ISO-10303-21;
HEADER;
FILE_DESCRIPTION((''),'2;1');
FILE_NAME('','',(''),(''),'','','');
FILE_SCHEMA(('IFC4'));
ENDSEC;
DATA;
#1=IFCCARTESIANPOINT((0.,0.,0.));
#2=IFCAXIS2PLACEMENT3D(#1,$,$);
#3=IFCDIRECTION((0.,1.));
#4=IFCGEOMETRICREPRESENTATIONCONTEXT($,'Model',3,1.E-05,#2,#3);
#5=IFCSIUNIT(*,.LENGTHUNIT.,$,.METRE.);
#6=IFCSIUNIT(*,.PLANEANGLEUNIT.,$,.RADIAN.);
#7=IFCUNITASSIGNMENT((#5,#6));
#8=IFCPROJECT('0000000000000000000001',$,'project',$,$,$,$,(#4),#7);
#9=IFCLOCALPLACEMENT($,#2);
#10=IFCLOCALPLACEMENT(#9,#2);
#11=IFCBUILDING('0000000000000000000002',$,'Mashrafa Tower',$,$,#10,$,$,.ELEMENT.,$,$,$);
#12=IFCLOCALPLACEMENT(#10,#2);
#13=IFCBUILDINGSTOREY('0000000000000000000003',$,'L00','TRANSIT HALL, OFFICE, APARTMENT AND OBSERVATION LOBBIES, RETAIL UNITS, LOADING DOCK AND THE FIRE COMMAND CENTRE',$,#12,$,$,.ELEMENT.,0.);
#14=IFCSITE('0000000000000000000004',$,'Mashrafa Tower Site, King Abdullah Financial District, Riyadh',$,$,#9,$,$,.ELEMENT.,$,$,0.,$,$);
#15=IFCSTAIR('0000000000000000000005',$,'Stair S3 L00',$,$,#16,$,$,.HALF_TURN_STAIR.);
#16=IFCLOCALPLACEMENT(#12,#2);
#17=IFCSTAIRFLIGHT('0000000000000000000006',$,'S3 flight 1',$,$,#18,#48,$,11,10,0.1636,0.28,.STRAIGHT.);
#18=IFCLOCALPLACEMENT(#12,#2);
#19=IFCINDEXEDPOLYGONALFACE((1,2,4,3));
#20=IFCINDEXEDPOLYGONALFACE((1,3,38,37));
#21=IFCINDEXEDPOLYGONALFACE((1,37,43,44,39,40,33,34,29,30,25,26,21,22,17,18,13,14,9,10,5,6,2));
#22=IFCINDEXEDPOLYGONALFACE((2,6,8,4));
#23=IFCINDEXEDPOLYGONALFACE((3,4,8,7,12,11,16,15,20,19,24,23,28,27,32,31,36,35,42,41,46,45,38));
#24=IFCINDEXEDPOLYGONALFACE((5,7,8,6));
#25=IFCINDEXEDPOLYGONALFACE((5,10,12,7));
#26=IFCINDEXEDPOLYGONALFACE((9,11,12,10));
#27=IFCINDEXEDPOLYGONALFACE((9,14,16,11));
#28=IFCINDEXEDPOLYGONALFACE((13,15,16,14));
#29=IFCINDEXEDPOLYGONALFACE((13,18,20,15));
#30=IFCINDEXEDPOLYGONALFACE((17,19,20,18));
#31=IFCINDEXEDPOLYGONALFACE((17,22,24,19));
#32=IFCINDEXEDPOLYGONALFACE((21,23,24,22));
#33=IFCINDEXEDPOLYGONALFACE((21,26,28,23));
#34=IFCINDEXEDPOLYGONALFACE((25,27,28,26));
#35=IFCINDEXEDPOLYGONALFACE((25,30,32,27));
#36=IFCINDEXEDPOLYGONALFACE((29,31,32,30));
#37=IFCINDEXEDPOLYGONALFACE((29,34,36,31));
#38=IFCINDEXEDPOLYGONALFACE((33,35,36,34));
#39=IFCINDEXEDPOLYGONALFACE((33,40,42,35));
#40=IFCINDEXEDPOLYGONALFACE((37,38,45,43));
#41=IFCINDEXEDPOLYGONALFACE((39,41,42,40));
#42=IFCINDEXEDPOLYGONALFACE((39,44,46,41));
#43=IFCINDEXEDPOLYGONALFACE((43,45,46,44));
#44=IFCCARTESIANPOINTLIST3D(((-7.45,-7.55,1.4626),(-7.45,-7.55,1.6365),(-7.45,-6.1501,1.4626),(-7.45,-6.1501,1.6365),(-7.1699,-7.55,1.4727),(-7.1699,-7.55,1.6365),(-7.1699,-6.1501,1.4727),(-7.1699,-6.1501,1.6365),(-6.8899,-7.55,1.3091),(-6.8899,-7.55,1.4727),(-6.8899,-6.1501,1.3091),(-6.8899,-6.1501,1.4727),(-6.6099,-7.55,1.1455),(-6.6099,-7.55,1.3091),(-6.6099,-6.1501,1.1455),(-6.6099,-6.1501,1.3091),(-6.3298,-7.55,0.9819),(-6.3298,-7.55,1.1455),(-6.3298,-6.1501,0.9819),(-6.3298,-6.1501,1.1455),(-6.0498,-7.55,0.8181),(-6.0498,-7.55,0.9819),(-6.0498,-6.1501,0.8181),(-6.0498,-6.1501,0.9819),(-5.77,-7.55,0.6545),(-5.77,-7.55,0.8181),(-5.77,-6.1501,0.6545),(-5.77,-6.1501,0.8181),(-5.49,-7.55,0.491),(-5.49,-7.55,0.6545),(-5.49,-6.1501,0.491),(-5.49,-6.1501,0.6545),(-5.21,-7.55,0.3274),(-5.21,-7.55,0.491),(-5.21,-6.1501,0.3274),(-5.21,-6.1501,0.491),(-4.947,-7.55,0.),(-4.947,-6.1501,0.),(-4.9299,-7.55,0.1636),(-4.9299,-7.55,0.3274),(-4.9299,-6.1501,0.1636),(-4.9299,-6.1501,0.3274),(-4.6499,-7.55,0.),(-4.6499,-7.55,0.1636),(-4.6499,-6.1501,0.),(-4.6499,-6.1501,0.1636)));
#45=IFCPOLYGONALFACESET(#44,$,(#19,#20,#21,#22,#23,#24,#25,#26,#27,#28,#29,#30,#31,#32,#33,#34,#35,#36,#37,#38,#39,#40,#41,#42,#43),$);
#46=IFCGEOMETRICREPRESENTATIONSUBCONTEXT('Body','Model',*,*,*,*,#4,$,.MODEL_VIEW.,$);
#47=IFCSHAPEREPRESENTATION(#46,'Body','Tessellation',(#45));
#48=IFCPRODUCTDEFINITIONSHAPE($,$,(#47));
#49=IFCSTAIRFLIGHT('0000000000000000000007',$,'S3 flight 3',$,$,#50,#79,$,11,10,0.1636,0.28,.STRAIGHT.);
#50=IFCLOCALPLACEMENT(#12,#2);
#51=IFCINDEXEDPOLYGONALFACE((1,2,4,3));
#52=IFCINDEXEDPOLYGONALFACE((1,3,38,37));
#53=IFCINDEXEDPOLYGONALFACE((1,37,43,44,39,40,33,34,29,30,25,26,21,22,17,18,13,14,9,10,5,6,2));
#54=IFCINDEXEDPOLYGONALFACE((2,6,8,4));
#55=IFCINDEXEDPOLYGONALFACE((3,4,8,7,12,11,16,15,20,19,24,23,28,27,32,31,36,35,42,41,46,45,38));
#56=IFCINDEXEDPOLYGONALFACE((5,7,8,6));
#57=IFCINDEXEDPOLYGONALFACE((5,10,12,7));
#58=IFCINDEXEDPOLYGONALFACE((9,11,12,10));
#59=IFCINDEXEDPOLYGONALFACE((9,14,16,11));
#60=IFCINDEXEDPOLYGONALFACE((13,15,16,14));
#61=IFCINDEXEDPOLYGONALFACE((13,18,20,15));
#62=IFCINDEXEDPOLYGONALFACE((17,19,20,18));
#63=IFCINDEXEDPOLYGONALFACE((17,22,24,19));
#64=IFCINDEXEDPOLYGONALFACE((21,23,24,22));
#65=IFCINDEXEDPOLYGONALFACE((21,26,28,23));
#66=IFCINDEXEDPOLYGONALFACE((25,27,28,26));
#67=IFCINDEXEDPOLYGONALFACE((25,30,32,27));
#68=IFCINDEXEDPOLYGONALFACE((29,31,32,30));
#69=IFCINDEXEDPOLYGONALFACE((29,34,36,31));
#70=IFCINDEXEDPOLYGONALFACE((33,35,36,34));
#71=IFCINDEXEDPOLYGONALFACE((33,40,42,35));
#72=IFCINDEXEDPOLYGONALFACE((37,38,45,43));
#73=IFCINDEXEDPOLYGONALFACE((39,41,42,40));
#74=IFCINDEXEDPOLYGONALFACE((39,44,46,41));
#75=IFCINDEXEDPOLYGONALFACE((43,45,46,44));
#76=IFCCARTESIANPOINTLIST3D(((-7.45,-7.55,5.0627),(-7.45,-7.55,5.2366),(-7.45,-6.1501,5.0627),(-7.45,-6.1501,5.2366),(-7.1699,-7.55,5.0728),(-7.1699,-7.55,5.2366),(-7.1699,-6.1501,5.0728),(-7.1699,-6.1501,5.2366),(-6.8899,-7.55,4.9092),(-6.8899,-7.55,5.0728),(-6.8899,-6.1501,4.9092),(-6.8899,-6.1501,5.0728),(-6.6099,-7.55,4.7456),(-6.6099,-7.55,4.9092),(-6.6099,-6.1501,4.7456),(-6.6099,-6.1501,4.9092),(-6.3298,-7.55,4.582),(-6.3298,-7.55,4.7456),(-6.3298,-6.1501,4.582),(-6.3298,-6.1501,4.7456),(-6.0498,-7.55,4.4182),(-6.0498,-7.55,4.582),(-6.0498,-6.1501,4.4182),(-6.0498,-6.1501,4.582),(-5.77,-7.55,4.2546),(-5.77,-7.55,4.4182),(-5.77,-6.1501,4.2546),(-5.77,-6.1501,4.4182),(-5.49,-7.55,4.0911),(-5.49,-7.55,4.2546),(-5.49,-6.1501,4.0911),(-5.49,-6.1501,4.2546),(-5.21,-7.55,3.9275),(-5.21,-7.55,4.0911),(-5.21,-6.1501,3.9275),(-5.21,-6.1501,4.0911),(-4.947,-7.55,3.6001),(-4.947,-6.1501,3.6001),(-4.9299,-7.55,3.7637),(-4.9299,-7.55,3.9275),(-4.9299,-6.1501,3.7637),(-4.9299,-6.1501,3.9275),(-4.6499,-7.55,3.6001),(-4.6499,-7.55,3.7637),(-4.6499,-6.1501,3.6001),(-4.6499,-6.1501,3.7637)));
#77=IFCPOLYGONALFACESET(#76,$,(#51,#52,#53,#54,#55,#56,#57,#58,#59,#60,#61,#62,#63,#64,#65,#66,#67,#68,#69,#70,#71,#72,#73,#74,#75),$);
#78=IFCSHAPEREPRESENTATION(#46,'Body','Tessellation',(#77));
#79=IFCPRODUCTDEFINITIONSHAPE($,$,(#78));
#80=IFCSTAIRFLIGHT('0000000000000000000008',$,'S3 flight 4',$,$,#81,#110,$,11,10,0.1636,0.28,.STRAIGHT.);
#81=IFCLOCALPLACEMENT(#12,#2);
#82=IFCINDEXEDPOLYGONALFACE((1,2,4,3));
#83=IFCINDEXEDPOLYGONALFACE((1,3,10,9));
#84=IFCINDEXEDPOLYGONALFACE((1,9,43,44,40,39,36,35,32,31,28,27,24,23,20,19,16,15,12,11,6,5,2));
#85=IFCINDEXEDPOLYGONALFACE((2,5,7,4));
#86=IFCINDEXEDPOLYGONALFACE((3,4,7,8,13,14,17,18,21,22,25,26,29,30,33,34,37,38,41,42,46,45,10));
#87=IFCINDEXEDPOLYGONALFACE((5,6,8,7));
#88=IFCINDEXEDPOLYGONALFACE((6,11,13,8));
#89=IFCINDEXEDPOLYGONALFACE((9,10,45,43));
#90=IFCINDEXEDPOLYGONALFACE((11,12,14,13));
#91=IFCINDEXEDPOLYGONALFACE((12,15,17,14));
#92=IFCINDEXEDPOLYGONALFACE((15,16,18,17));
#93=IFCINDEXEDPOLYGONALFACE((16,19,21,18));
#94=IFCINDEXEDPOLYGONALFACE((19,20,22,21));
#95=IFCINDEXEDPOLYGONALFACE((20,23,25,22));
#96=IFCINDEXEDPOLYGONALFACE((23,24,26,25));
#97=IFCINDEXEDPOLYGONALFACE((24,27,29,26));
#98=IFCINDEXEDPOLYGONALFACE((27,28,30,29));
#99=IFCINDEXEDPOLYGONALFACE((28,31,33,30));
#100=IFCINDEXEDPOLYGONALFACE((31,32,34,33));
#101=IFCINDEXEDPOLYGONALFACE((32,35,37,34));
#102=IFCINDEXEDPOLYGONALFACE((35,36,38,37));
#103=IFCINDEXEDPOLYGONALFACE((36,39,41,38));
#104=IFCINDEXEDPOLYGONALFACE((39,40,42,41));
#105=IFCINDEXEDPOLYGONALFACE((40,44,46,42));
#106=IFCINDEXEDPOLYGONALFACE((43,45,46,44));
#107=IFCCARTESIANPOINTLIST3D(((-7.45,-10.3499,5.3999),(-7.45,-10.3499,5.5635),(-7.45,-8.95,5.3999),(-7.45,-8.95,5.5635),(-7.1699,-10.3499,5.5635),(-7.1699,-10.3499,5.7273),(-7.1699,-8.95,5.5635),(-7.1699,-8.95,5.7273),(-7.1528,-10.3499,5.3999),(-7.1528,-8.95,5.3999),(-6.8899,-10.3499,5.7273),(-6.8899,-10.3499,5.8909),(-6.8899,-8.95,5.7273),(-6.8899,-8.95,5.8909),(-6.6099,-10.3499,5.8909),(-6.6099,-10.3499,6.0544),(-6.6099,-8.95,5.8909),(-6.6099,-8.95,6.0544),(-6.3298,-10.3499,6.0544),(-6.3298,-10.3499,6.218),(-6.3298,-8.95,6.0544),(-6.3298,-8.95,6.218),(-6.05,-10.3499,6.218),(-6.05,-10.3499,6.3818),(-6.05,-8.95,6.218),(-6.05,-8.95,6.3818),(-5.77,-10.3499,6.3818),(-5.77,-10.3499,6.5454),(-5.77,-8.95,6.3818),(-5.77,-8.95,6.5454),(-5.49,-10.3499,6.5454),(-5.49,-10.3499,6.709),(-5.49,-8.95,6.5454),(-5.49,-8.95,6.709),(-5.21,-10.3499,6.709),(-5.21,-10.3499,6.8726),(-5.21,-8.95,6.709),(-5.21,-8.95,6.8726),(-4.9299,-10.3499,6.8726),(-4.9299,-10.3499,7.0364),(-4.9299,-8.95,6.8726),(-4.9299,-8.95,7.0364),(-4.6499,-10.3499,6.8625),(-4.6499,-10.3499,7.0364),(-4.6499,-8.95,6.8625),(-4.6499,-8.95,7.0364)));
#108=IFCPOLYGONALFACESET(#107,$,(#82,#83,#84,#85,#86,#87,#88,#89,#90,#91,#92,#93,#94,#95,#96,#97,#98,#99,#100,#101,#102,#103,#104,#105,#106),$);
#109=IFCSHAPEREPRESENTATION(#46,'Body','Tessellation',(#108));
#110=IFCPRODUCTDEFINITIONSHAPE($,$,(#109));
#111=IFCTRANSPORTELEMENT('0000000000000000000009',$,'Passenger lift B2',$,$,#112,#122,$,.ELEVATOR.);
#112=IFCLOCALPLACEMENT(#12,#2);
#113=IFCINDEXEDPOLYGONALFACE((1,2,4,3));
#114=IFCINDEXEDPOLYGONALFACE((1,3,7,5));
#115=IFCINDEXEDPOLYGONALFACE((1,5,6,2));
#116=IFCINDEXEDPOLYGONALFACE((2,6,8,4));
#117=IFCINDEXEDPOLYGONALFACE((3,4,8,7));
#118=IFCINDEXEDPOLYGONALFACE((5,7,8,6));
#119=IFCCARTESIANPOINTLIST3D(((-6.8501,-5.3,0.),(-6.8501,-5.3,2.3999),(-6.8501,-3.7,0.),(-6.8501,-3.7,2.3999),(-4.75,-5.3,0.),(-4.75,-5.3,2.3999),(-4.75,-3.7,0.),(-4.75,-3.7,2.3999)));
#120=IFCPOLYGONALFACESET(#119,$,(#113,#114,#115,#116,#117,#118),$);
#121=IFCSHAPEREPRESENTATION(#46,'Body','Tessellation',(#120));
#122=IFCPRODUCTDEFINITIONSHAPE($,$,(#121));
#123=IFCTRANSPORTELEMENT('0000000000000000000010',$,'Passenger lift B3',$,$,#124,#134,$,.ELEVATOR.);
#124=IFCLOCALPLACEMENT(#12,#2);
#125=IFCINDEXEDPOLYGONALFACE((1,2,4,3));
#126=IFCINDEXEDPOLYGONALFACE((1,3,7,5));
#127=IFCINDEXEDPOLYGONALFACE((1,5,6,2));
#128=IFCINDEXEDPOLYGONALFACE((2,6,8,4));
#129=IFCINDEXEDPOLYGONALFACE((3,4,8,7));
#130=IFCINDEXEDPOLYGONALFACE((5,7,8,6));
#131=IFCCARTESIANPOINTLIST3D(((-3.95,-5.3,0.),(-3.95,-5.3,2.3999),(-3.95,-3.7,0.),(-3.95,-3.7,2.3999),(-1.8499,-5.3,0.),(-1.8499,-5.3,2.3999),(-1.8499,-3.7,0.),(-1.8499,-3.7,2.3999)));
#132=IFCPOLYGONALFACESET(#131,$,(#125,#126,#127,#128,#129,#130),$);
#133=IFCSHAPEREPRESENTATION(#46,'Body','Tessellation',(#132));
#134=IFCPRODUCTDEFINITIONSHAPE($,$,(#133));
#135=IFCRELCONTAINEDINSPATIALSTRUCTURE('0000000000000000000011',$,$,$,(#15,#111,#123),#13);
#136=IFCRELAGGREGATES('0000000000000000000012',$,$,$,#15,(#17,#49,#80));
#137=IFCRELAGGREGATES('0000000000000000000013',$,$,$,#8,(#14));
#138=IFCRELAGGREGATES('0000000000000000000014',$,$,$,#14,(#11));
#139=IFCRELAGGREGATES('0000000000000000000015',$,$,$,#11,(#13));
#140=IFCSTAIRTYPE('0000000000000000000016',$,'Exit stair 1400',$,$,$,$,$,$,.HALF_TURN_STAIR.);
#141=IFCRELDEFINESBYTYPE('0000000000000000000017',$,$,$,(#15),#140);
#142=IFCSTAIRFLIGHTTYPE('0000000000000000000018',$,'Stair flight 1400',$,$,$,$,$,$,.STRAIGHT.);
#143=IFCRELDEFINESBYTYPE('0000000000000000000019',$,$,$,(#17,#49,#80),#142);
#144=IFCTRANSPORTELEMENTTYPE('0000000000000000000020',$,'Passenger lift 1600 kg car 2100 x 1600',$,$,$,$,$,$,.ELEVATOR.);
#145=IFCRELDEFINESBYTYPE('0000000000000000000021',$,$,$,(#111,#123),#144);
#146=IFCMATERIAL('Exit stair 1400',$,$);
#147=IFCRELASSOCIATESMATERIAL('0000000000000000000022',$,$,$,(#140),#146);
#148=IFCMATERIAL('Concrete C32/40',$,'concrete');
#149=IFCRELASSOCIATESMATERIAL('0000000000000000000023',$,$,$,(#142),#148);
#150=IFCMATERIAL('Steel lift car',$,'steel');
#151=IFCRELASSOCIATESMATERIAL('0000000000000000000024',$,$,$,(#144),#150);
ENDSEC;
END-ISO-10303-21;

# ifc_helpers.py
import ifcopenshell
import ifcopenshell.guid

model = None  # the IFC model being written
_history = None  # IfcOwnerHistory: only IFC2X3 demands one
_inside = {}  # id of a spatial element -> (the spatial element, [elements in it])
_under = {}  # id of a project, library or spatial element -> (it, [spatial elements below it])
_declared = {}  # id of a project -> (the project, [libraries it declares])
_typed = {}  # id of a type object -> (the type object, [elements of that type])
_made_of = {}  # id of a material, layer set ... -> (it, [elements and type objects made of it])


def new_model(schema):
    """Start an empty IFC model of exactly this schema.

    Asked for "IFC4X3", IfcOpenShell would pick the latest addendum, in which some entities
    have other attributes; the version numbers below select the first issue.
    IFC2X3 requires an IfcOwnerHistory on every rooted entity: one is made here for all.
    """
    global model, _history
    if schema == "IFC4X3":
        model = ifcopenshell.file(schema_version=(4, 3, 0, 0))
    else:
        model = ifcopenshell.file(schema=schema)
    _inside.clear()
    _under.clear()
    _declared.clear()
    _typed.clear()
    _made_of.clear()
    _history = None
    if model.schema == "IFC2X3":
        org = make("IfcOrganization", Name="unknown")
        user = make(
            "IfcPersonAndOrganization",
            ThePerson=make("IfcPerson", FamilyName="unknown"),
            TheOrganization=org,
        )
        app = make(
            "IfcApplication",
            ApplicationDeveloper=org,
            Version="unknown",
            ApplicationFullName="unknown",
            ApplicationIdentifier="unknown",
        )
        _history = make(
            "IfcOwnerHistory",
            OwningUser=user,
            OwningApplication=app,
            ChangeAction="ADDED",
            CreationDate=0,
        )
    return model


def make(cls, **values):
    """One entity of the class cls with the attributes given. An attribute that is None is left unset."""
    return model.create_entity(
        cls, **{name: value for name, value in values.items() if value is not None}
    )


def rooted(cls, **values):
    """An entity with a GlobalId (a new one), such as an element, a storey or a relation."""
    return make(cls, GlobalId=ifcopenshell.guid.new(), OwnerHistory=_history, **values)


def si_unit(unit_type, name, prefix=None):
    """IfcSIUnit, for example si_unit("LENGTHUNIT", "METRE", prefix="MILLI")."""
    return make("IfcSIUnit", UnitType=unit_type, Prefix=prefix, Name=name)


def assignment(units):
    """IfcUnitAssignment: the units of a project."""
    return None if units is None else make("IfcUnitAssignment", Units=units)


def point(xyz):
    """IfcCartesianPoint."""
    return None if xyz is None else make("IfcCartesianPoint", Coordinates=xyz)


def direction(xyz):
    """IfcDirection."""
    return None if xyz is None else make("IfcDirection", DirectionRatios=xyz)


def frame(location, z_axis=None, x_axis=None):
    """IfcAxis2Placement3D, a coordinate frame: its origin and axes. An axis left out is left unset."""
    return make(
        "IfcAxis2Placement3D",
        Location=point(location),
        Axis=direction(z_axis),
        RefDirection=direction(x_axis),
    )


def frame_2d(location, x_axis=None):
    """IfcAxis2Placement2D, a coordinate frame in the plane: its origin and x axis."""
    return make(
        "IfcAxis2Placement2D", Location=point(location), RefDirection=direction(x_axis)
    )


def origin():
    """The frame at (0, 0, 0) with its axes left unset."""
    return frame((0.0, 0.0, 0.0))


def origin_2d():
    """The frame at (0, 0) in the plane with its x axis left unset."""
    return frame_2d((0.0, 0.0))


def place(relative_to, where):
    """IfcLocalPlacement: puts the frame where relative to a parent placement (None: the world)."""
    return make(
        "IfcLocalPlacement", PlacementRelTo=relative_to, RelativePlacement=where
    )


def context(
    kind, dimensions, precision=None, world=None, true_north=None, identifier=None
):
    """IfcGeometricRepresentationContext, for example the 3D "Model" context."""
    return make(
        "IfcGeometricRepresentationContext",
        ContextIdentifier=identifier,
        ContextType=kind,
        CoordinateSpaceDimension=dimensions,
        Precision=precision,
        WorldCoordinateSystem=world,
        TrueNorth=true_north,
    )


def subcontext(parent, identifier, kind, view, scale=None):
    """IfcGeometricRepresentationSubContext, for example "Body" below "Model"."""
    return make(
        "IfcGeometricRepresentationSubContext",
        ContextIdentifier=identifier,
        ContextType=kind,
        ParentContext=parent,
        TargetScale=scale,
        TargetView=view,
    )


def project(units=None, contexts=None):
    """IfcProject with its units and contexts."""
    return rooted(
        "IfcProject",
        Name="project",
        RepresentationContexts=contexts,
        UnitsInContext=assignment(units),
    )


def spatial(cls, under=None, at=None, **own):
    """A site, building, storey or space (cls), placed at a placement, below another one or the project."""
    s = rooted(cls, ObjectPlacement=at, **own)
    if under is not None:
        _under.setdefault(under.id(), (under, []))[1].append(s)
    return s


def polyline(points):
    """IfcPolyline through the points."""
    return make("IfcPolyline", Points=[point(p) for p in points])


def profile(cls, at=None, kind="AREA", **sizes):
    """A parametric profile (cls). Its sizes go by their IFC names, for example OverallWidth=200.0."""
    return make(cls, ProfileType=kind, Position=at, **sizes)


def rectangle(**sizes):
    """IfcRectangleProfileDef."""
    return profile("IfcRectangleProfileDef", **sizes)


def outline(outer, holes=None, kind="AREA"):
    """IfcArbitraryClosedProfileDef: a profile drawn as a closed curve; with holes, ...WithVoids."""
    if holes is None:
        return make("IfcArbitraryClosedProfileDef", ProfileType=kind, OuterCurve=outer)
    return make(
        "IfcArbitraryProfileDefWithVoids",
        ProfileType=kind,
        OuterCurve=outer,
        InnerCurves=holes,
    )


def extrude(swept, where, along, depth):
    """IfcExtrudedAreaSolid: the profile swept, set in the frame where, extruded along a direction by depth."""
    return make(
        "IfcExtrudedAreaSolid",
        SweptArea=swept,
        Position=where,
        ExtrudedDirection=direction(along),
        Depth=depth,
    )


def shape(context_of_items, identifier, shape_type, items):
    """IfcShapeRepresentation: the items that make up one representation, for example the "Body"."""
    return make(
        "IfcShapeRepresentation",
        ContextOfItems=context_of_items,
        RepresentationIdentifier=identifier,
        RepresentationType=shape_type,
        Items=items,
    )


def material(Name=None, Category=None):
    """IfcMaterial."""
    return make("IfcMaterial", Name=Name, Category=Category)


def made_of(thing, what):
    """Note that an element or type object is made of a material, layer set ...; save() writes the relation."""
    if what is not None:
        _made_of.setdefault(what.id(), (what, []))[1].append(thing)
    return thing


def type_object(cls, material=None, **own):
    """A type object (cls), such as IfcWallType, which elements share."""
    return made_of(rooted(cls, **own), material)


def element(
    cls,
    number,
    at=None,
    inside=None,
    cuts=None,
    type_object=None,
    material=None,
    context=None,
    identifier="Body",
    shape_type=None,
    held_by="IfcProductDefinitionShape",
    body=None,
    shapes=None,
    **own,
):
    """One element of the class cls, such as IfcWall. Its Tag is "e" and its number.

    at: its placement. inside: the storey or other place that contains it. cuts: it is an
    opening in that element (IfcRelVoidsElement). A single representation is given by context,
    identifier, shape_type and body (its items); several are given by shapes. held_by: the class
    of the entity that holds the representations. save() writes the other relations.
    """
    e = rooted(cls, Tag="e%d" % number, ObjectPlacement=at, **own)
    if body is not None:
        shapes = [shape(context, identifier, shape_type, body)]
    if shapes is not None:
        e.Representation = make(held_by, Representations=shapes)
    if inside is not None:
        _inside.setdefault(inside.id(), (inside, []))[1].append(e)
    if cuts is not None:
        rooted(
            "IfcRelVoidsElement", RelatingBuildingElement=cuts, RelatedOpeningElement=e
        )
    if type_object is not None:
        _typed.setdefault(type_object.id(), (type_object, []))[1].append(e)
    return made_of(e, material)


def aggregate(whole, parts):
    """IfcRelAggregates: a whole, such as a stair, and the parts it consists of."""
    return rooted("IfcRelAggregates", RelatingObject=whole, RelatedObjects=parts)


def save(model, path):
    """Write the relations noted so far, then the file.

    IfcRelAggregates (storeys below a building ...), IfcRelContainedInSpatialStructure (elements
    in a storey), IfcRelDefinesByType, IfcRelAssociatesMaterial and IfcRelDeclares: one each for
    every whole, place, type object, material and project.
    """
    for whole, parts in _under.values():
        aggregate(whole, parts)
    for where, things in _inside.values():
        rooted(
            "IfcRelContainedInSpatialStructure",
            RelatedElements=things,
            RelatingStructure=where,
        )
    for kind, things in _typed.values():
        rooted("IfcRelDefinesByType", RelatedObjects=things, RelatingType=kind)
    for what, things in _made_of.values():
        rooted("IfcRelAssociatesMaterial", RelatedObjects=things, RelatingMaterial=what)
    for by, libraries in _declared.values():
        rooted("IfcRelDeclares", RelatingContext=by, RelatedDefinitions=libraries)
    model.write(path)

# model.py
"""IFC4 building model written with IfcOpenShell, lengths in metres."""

from ifc_helpers import new_model, si_unit, direction, frame, origin, origin_2d, place, context, subcontext, project, spatial, polyline, rectangle, outline, extrude, material, type_object, element, aggregate, save


model = new_model("IFC4")

# Units and contexts
model_context = context("Model", 3, precision=1e-05, world=origin(), true_north=direction((0.0, 1.0)))
body_context = subcontext(model_context, "Body", "Model", "MODEL_VIEW")
ifc_project = project(units=[si_unit("LENGTHUNIT", "METRE"), si_unit("PLANEANGLEUNIT", "RADIAN")], contexts=[model_context])

# Site, building, storey
site_placement = place(None, origin())
site = spatial("IfcSite", under=ifc_project, at=site_placement, Name="Mashrafa Tower Site, King Abdullah Financial District, Riyadh", CompositionType="ELEMENT", RefElevation=0.0)
building_placement = place(site_placement, origin())
building = spatial("IfcBuilding", under=site, at=building_placement, Name="Mashrafa Tower", CompositionType="ELEMENT")
storey_placement = place(building_placement, origin())
storey = spatial("IfcBuildingStorey", under=building, at=storey_placement, Name="L00", Description="TRANSIT HALL, OFFICE, APARTMENT AND OBSERVATION LOBBIES, RETAIL UNITS, LOADING DOCK AND THE FIRE COMMAND CENTRE", CompositionType="ELEMENT", Elevation=0.0)

# Stair, stair flights
ifc_material_1 = material(Name="Exit stair 1400")
stair_type = type_object("IfcStairType", Name="Exit stair 1400", PredefinedType="HALF_TURN_STAIR", material=ifc_material_1)
stair_placement = place(storey_placement, origin())
stair = element("IfcStair", 1, at=stair_placement, inside=storey, type_object=stair_type, Name="Stair S3 L00", PredefinedType="HALF_TURN_STAIR")
ifc_material_2 = material(Name="Concrete C32/40", Category="concrete")
stair_flight_type = type_object("IfcStairFlightType", Name="Stair flight 1400", PredefinedType="STRAIGHT", material=ifc_material_2)
stair_flight_1_placement = place(storey_placement, frame((-4.6499, -6.8501, 0.0), z_axis=(0.0, 0.0, 1.0), x_axis=(-1.0, 0.0, 0.0)))
stair_flight_1 = element("IfcStairFlight", 2, at=stair_flight_1_placement, type_object=stair_flight_type, Name="S3 flight 1", NumberOfRisers=11, NumberOfTreads=10, PredefinedType="STRAIGHT", RiserHeight=0.1636, TreadLength=0.28, context=body_context, shape_type="SweptSolid", body=[
    extrude(outline(polyline([(0.0, 0.0), (0.0, 0.1636), (0.28, 0.1636), (0.28, 0.3274), (0.5601, 0.3274), (0.5601, 0.491), (0.8401, 0.491), (0.8401, 0.6545), (1.1201, 0.6545), (1.1201, 0.8181), (1.3999, 0.8181), (1.3999, 0.9819), (1.6799, 0.9819), (1.6799, 1.1455), (1.96, 1.1455), (1.96, 1.3091), (2.24, 1.3091), (2.24, 1.4727), (2.52, 1.4727), (2.52, 1.6365), (2.8, 1.6365), (2.8, 1.8), (2.8, 1.4626), (0.2971, 0.0), (0.0, 0.0)])), frame((0.0, 0.7, 0.0), z_axis=(0.0, -1.0, 0.0), x_axis=(1.0, 0.0, 0.0)), (0.0, 0.0, 1.0), 1.3999),
])
stair_flight_2_placement = place(storey_placement, frame((-4.6499, -6.8501, 3.6001), z_axis=(0.0, 0.0, 1.0), x_axis=(-1.0, 0.0, 0.0)))
stair_flight_2 = element("IfcStairFlight", 3, at=stair_flight_2_placement, type_object=stair_flight_type, Name="S3 flight 3", NumberOfRisers=11, NumberOfTreads=10, PredefinedType="STRAIGHT", RiserHeight=0.1636, TreadLength=0.28, context=body_context, shape_type="SweptSolid", body=[
    extrude(outline(polyline([(0.0, 0.0), (0.0, 0.1636), (0.28, 0.1636), (0.28, 0.3274), (0.5601, 0.3274), (0.5601, 0.491), (0.8401, 0.491), (0.8401, 0.6545), (1.1201, 0.6545), (1.1201, 0.8181), (1.3999, 0.8181), (1.3999, 0.9819), (1.6799, 0.9819), (1.6799, 1.1455), (1.96, 1.1455), (1.96, 1.3091), (2.24, 1.3091), (2.24, 1.4727), (2.52, 1.4727), (2.52, 1.6365), (2.8, 1.6365), (2.8, 1.8), (2.8, 1.4626), (0.2971, 0.0), (0.0, 0.0)])), frame((0.0, 0.7, 0.0), z_axis=(0.0, -1.0, 0.0), x_axis=(1.0, 0.0, 0.0)), (0.0, 0.0, 1.0), 1.3999),
])
stair_flight_3_placement = place(storey_placement, frame((-7.45, -9.6499, 5.3999), z_axis=(0.0, 0.0, 1.0), x_axis=(1.0, 0.0, 0.0)))
stair_flight_3 = element("IfcStairFlight", 4, at=stair_flight_3_placement, type_object=stair_flight_type, Name="S3 flight 4", NumberOfRisers=11, NumberOfTreads=10, PredefinedType="STRAIGHT", RiserHeight=0.1636, TreadLength=0.28, context=body_context, shape_type="SweptSolid", body=[
    extrude(outline(polyline([(0.0, 0.0), (0.0, 0.1636), (0.28, 0.1636), (0.28, 0.3274), (0.5601, 0.3274), (0.5601, 0.491), (0.8401, 0.491), (0.8401, 0.6545), (1.1201, 0.6545), (1.1201, 0.8181), (1.3999, 0.8181), (1.3999, 0.9819), (1.6799, 0.9819), (1.6799, 1.1455), (1.96, 1.1455), (1.96, 1.3091), (2.24, 1.3091), (2.24, 1.4727), (2.52, 1.4727), (2.52, 1.6365), (2.8, 1.6365), (2.8, 1.8), (2.8, 1.4626), (0.2971, 0.0), (0.0, 0.0)])), frame((0.0, 0.7, 0.0), z_axis=(0.0, -1.0, 0.0), x_axis=(1.0, 0.0, 0.0)), (0.0, 0.0, 1.0), 1.3999),
])
aggregate(stair, [stair_flight_1, stair_flight_2, stair_flight_3])

# Transport elements
ifc_material_3 = material(Name="Steel lift car", Category="steel")
transport_element_type = type_object("IfcTransportElementType", Name="Passenger lift 1600 kg car 2100 x 1600", PredefinedType="ELEVATOR", material=ifc_material_3)
for number, where, z_axis, x_axis, name in (
    (5, (-5.8, -4.5, 0.0), (0.0, 0.0, 1.0), (1.0, 0.0, 0.0), "Passenger lift B2"),
    (6, (-2.8999, -4.5, 0.0), (0.0, 0.0, 1.0), (1.0, 0.0, 0.0), "Passenger lift B3"),
):
    element("IfcTransportElement", number, at=place(storey_placement, frame(where, z_axis=z_axis, x_axis=x_axis)), inside=storey, type_object=transport_element_type, Name=name, PredefinedType="ELEVATOR", context=body_context, shape_type="SweptSolid", body=[
        extrude(rectangle(XDim=2.1001, YDim=1.6001, at=origin_2d()), origin(), (0.0, 0.0, 1.0), 2.3999),
    ])

save(model, "model.ifc")
